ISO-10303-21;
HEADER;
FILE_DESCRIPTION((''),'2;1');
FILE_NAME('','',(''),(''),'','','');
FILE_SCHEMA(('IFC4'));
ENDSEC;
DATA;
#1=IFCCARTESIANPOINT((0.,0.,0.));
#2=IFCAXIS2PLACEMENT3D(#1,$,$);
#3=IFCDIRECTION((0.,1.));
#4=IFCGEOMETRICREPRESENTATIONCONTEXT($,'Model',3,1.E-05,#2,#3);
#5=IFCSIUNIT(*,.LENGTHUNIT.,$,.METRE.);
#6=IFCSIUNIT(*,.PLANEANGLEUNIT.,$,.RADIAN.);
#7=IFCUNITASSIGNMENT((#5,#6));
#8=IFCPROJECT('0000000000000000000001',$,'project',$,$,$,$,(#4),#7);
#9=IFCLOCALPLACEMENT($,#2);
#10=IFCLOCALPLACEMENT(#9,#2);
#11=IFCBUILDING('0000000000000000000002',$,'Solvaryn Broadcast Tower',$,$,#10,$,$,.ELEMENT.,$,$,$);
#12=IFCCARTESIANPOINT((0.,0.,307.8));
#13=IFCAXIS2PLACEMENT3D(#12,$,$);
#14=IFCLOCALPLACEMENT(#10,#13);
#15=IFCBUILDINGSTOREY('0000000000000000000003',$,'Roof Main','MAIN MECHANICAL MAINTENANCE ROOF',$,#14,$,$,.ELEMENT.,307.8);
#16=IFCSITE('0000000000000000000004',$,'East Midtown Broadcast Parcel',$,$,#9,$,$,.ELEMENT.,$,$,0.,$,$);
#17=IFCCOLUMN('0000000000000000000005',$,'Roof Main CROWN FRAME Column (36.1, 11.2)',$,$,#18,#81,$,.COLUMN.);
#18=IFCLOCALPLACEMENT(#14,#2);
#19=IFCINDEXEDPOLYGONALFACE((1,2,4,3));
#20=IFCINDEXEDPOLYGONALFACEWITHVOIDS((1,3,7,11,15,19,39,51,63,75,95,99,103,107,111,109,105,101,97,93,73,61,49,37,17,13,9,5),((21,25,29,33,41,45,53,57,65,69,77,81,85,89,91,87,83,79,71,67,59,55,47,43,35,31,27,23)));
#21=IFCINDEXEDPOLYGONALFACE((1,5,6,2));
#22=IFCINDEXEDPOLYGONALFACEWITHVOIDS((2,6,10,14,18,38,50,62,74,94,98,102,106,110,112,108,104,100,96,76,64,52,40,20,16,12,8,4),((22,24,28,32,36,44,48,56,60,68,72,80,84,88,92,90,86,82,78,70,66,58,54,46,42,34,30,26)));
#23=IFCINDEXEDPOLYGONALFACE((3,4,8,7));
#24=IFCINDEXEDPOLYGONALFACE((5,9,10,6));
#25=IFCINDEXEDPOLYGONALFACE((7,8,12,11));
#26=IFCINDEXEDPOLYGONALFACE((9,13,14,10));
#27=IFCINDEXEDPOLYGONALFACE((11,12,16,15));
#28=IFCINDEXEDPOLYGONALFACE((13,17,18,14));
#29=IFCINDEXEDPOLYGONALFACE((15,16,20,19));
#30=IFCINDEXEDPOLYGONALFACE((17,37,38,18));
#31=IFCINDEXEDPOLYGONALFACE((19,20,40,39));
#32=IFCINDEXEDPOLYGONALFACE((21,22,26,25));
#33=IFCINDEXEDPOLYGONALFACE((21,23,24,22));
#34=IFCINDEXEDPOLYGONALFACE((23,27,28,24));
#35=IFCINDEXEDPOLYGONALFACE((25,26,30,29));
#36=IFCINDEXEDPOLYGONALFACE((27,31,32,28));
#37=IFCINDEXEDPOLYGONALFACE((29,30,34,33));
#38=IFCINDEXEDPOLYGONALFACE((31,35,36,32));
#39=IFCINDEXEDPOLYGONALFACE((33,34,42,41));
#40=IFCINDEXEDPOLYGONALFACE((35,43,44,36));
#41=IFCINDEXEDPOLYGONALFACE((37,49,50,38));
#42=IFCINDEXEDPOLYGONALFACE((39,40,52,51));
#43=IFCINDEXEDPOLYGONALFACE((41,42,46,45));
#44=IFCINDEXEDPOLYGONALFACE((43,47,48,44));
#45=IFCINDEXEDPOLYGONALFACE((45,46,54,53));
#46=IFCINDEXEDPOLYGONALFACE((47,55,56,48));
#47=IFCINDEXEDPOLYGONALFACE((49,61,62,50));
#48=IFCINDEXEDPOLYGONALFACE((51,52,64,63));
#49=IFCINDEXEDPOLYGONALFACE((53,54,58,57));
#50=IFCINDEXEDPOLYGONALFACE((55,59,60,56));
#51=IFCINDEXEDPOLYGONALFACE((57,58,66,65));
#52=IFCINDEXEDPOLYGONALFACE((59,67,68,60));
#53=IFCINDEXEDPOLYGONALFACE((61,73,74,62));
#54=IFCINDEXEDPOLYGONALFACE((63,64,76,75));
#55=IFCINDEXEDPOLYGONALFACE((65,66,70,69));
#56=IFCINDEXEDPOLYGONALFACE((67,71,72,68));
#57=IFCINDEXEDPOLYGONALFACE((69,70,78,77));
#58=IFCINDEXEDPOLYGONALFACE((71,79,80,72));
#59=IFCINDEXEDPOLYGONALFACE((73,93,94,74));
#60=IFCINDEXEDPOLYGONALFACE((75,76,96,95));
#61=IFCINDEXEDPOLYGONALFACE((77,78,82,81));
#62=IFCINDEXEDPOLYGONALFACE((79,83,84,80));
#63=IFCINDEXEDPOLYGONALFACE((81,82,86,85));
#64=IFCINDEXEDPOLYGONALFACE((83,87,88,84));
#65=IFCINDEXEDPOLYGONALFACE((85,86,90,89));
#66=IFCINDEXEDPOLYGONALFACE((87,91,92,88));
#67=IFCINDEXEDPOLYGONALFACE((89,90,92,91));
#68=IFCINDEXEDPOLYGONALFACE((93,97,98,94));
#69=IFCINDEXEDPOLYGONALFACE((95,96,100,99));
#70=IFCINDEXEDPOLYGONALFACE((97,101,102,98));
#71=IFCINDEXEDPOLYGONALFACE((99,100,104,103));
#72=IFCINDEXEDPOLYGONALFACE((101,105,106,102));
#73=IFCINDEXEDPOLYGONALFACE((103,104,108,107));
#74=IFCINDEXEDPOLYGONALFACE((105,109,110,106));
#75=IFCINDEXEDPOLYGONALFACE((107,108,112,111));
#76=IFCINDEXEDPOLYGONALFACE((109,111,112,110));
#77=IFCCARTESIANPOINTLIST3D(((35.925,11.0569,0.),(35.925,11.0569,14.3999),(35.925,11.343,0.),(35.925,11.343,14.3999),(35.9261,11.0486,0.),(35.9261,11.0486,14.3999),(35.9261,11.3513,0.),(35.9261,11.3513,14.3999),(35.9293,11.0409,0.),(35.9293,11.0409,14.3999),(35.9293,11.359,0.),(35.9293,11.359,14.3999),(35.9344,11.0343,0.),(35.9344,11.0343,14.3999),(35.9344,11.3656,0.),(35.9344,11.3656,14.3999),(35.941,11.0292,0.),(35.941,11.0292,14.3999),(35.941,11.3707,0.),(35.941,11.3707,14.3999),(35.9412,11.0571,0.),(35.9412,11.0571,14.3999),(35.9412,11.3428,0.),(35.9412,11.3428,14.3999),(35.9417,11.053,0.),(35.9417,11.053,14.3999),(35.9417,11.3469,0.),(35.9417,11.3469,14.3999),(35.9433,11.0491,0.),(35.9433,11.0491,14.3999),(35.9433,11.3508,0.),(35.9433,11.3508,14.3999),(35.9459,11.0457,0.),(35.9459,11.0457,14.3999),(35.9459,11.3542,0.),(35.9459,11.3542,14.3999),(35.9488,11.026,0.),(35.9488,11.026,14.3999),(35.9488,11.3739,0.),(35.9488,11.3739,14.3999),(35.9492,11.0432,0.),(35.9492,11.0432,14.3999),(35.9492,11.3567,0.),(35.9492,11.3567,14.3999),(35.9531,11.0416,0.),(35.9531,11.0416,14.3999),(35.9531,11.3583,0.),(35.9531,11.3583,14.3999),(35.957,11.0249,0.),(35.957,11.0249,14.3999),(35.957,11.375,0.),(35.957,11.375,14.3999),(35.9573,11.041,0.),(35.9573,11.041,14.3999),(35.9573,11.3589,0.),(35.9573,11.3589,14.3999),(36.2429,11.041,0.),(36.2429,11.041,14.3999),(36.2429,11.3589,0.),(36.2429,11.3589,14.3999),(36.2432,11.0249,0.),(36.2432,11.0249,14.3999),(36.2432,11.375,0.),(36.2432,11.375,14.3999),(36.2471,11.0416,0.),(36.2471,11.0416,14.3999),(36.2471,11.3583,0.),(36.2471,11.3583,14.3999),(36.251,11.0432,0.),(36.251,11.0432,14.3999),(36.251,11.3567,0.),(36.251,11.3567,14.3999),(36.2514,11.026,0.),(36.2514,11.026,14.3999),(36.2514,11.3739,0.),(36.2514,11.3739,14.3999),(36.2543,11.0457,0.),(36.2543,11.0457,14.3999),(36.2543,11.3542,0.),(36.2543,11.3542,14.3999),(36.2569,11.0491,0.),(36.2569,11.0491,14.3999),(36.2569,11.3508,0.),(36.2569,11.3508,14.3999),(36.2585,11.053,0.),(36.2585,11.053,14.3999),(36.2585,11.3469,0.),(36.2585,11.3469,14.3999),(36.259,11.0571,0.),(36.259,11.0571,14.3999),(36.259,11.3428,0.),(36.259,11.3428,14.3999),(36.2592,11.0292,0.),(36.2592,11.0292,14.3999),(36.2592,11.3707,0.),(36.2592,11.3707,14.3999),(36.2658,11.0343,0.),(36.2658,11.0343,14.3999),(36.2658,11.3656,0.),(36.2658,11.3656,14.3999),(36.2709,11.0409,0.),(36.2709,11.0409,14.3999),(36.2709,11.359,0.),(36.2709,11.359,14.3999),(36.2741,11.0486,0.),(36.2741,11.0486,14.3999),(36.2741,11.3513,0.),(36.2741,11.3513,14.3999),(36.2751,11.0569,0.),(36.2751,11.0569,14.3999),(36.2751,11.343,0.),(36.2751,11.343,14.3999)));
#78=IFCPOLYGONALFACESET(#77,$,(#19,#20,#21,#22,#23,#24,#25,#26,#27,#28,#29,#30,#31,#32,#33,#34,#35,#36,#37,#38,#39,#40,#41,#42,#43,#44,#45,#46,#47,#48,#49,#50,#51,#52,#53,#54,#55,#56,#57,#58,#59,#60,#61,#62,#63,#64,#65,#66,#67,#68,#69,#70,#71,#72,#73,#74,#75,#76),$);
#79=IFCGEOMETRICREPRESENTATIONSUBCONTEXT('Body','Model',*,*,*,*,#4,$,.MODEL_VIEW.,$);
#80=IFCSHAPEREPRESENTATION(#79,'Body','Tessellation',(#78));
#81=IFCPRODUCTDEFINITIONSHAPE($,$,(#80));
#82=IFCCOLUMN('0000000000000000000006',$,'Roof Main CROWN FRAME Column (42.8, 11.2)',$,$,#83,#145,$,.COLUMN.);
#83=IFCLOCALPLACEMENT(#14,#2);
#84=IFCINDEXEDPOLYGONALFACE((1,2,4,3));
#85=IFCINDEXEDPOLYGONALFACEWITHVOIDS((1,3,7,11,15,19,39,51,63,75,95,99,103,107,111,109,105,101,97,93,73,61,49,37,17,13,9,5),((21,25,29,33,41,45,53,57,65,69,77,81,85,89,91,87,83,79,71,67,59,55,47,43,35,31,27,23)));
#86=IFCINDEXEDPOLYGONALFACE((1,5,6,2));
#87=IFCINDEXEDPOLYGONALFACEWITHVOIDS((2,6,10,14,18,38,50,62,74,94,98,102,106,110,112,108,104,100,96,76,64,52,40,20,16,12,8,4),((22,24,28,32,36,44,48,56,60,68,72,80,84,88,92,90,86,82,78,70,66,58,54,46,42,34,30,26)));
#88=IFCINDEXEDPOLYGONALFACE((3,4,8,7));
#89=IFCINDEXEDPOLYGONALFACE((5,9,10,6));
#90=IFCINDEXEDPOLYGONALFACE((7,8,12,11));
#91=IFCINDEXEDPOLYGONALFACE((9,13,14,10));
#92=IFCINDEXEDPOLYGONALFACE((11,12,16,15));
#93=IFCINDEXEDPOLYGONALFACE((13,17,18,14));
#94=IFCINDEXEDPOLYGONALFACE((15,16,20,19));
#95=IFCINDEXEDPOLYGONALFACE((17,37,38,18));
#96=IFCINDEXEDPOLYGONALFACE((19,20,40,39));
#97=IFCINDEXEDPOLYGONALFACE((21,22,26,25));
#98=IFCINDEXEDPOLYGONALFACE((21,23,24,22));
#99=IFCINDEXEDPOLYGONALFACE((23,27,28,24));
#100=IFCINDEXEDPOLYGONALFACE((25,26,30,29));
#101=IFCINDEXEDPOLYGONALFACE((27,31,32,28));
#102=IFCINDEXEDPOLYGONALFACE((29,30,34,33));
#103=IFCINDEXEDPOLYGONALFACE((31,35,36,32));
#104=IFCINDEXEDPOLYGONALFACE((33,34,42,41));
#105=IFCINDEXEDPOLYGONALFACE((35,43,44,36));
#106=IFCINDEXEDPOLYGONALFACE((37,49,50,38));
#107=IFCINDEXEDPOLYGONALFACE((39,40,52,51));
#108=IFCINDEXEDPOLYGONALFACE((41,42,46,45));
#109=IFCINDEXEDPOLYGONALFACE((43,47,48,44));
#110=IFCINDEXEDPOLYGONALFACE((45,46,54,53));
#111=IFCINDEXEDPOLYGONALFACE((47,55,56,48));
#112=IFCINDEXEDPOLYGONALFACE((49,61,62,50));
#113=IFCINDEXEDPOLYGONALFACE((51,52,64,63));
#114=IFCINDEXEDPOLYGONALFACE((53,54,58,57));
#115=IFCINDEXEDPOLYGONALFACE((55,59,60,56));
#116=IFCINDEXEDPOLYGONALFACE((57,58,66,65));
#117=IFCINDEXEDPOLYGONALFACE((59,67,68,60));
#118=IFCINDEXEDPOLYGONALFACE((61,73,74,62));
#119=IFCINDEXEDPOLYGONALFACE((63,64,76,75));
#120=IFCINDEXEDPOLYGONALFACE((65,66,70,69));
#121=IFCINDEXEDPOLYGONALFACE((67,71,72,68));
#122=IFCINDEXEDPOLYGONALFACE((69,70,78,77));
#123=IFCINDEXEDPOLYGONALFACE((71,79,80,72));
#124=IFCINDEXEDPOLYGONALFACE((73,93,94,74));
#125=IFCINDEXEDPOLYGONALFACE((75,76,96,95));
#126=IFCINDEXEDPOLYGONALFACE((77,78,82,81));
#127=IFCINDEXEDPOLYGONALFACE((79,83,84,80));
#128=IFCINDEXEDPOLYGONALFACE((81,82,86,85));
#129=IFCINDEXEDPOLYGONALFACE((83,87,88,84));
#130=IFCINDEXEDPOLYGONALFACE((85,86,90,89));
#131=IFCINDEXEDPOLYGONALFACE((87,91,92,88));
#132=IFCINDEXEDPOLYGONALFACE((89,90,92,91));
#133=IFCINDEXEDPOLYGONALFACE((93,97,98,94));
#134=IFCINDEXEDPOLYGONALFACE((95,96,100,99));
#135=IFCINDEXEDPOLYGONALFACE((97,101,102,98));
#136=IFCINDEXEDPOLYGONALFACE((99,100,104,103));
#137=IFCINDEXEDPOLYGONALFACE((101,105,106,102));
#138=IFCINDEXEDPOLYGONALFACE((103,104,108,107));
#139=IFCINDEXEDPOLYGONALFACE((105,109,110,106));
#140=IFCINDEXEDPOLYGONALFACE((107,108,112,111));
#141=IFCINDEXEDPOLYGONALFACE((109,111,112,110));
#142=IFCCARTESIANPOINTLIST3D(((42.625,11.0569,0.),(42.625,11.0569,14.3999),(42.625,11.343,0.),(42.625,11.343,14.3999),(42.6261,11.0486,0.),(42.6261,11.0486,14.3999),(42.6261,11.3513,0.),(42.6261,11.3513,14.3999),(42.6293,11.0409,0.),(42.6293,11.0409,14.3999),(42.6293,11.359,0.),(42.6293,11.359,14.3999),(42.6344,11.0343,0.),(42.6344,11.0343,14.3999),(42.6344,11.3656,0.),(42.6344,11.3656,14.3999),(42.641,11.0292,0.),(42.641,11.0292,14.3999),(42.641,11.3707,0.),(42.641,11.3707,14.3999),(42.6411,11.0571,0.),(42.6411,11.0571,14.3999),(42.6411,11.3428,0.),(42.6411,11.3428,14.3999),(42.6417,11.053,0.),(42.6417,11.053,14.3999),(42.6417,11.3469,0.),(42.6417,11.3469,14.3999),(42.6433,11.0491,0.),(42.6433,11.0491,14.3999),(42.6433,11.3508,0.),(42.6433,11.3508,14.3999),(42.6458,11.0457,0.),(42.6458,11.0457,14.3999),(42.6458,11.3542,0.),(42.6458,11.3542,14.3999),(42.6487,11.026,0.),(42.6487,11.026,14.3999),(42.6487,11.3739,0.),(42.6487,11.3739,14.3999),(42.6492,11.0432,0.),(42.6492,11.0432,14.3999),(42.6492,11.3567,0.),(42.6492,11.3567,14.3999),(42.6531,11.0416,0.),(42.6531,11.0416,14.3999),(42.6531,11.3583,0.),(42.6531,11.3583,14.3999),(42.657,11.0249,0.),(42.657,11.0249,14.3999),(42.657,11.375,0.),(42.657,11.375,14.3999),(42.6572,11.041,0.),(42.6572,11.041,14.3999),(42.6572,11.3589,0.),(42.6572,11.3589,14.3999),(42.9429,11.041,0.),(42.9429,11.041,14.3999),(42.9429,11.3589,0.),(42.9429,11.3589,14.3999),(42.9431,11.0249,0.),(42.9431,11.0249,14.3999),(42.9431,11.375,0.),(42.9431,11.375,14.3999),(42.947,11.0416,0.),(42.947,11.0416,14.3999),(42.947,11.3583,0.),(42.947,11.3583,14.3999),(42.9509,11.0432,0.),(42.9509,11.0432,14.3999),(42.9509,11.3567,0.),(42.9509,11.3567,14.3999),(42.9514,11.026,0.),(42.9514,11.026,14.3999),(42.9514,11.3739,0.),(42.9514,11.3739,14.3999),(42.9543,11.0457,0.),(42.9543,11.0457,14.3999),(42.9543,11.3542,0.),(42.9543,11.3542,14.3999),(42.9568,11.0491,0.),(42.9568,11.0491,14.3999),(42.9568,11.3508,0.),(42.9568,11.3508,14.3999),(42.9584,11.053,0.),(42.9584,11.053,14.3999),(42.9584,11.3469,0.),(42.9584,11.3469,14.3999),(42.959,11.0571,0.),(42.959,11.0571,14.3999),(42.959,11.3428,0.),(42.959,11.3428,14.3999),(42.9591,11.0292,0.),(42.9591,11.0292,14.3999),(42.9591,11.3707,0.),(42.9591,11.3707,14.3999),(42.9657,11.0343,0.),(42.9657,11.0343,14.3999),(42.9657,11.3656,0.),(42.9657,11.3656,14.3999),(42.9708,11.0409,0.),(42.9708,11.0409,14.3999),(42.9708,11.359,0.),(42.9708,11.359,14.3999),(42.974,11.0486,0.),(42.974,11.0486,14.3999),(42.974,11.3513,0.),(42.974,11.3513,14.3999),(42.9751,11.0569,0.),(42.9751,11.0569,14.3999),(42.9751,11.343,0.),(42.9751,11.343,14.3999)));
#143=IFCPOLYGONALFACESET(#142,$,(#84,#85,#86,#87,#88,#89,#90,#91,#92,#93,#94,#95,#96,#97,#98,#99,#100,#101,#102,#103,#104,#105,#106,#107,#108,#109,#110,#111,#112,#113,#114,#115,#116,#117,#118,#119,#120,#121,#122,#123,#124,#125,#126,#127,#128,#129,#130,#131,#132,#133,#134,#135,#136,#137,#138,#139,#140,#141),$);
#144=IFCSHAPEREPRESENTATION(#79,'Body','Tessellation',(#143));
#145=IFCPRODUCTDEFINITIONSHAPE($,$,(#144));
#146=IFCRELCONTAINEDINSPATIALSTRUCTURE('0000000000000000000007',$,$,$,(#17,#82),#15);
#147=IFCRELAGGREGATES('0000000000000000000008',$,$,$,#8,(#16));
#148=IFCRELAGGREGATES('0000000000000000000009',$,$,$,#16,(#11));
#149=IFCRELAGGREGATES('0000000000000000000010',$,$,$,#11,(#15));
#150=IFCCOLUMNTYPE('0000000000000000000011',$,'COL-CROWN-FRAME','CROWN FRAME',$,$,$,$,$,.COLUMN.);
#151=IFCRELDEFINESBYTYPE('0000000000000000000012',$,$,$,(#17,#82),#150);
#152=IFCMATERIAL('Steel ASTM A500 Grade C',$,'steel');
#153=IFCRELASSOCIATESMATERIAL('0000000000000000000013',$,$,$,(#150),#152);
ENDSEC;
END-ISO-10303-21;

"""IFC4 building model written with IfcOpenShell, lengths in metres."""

from ifc_helpers import new_model, si_unit, direction, frame, origin, origin_2d, place, context, subcontext, project, spatial, hollow_rectangle, extrude, material, material_profile, profile_set, type_object, element, save


model = new_model("IFC4")

# Units and contexts
model_context = context("Model", 3, precision=1e-05, world=origin(), true_north=direction((0.0, 1.0)))
body_context = subcontext(model_context, "Body", "Model", "MODEL_VIEW")
ifc_project = project(units=[si_unit("LENGTHUNIT", "METRE"), si_unit("PLANEANGLEUNIT", "RADIAN")], contexts=[model_context])

# Site, building, storey
site_placement = place(None, origin())
site = spatial("IfcSite", under=ifc_project, at=site_placement, Name="East Midtown Broadcast Parcel", CompositionType="ELEMENT", RefElevation=0.0)
building_placement = place(site_placement, origin())
building = spatial("IfcBuilding", under=site, at=building_placement, Name="Solvaryn Broadcast Tower", CompositionType="ELEMENT")
storey_placement = place(building_placement, frame((0.0, 0.0, 307.8)))
storey = spatial("IfcBuildingStorey", under=building, at=storey_placement, Name="Roof Main", Description="MAIN MECHANICAL MAINTENANCE ROOF", CompositionType="ELEMENT", Elevation=307.8)

# Columns
ifc_material_1 = material(Name="Steel ASTM A500 Grade C", Category="steel")
ifc_material_profile_1 = material_profile(ifc_material_1, hollow_rectangle(XDim=0.3501, YDim=0.3501, WallThickness=0.0161, InnerFilletRadius=0.0161, OuterFilletRadius=0.032, at=origin_2d()))
ifc_profile_set_1 = profile_set([ifc_material_profile_1], Name="Steel ASTM A500 Grade C")
column_type = type_object("IfcColumnType", Name="COL-CROWN-FRAME", Description="CROWN FRAME", PredefinedType="COLUMN", material=ifc_profile_set_1)
for number, where, z_axis, x_axis, name in (
    (1, (36.1001, 11.2, 0.0), (0.0, 0.0, 1.0), (1.0, 0.0, 0.0), "Roof Main CROWN FRAME Column (36.1, 11.2)"),
    (2, (42.8, 11.2, 0.0), (0.0, 0.0, 1.0), (1.0, 0.0, 0.0), "Roof Main CROWN FRAME Column (42.8, 11.2)"),
):
    element("IfcColumn", number, at=place(storey_placement, frame(where, z_axis=z_axis, x_axis=x_axis)), inside=storey, type_object=column_type, Name=name, PredefinedType="COLUMN", context=body_context, shape_type="SweptSolid", body=[
        extrude(hollow_rectangle(XDim=0.3501, YDim=0.3501, WallThickness=0.0161, InnerFilletRadius=0.0161, OuterFilletRadius=0.032, at=origin_2d()), origin(), (0.0, 0.0, 1.0), 14.3999),
    ])

save(model, "model.ifc")
